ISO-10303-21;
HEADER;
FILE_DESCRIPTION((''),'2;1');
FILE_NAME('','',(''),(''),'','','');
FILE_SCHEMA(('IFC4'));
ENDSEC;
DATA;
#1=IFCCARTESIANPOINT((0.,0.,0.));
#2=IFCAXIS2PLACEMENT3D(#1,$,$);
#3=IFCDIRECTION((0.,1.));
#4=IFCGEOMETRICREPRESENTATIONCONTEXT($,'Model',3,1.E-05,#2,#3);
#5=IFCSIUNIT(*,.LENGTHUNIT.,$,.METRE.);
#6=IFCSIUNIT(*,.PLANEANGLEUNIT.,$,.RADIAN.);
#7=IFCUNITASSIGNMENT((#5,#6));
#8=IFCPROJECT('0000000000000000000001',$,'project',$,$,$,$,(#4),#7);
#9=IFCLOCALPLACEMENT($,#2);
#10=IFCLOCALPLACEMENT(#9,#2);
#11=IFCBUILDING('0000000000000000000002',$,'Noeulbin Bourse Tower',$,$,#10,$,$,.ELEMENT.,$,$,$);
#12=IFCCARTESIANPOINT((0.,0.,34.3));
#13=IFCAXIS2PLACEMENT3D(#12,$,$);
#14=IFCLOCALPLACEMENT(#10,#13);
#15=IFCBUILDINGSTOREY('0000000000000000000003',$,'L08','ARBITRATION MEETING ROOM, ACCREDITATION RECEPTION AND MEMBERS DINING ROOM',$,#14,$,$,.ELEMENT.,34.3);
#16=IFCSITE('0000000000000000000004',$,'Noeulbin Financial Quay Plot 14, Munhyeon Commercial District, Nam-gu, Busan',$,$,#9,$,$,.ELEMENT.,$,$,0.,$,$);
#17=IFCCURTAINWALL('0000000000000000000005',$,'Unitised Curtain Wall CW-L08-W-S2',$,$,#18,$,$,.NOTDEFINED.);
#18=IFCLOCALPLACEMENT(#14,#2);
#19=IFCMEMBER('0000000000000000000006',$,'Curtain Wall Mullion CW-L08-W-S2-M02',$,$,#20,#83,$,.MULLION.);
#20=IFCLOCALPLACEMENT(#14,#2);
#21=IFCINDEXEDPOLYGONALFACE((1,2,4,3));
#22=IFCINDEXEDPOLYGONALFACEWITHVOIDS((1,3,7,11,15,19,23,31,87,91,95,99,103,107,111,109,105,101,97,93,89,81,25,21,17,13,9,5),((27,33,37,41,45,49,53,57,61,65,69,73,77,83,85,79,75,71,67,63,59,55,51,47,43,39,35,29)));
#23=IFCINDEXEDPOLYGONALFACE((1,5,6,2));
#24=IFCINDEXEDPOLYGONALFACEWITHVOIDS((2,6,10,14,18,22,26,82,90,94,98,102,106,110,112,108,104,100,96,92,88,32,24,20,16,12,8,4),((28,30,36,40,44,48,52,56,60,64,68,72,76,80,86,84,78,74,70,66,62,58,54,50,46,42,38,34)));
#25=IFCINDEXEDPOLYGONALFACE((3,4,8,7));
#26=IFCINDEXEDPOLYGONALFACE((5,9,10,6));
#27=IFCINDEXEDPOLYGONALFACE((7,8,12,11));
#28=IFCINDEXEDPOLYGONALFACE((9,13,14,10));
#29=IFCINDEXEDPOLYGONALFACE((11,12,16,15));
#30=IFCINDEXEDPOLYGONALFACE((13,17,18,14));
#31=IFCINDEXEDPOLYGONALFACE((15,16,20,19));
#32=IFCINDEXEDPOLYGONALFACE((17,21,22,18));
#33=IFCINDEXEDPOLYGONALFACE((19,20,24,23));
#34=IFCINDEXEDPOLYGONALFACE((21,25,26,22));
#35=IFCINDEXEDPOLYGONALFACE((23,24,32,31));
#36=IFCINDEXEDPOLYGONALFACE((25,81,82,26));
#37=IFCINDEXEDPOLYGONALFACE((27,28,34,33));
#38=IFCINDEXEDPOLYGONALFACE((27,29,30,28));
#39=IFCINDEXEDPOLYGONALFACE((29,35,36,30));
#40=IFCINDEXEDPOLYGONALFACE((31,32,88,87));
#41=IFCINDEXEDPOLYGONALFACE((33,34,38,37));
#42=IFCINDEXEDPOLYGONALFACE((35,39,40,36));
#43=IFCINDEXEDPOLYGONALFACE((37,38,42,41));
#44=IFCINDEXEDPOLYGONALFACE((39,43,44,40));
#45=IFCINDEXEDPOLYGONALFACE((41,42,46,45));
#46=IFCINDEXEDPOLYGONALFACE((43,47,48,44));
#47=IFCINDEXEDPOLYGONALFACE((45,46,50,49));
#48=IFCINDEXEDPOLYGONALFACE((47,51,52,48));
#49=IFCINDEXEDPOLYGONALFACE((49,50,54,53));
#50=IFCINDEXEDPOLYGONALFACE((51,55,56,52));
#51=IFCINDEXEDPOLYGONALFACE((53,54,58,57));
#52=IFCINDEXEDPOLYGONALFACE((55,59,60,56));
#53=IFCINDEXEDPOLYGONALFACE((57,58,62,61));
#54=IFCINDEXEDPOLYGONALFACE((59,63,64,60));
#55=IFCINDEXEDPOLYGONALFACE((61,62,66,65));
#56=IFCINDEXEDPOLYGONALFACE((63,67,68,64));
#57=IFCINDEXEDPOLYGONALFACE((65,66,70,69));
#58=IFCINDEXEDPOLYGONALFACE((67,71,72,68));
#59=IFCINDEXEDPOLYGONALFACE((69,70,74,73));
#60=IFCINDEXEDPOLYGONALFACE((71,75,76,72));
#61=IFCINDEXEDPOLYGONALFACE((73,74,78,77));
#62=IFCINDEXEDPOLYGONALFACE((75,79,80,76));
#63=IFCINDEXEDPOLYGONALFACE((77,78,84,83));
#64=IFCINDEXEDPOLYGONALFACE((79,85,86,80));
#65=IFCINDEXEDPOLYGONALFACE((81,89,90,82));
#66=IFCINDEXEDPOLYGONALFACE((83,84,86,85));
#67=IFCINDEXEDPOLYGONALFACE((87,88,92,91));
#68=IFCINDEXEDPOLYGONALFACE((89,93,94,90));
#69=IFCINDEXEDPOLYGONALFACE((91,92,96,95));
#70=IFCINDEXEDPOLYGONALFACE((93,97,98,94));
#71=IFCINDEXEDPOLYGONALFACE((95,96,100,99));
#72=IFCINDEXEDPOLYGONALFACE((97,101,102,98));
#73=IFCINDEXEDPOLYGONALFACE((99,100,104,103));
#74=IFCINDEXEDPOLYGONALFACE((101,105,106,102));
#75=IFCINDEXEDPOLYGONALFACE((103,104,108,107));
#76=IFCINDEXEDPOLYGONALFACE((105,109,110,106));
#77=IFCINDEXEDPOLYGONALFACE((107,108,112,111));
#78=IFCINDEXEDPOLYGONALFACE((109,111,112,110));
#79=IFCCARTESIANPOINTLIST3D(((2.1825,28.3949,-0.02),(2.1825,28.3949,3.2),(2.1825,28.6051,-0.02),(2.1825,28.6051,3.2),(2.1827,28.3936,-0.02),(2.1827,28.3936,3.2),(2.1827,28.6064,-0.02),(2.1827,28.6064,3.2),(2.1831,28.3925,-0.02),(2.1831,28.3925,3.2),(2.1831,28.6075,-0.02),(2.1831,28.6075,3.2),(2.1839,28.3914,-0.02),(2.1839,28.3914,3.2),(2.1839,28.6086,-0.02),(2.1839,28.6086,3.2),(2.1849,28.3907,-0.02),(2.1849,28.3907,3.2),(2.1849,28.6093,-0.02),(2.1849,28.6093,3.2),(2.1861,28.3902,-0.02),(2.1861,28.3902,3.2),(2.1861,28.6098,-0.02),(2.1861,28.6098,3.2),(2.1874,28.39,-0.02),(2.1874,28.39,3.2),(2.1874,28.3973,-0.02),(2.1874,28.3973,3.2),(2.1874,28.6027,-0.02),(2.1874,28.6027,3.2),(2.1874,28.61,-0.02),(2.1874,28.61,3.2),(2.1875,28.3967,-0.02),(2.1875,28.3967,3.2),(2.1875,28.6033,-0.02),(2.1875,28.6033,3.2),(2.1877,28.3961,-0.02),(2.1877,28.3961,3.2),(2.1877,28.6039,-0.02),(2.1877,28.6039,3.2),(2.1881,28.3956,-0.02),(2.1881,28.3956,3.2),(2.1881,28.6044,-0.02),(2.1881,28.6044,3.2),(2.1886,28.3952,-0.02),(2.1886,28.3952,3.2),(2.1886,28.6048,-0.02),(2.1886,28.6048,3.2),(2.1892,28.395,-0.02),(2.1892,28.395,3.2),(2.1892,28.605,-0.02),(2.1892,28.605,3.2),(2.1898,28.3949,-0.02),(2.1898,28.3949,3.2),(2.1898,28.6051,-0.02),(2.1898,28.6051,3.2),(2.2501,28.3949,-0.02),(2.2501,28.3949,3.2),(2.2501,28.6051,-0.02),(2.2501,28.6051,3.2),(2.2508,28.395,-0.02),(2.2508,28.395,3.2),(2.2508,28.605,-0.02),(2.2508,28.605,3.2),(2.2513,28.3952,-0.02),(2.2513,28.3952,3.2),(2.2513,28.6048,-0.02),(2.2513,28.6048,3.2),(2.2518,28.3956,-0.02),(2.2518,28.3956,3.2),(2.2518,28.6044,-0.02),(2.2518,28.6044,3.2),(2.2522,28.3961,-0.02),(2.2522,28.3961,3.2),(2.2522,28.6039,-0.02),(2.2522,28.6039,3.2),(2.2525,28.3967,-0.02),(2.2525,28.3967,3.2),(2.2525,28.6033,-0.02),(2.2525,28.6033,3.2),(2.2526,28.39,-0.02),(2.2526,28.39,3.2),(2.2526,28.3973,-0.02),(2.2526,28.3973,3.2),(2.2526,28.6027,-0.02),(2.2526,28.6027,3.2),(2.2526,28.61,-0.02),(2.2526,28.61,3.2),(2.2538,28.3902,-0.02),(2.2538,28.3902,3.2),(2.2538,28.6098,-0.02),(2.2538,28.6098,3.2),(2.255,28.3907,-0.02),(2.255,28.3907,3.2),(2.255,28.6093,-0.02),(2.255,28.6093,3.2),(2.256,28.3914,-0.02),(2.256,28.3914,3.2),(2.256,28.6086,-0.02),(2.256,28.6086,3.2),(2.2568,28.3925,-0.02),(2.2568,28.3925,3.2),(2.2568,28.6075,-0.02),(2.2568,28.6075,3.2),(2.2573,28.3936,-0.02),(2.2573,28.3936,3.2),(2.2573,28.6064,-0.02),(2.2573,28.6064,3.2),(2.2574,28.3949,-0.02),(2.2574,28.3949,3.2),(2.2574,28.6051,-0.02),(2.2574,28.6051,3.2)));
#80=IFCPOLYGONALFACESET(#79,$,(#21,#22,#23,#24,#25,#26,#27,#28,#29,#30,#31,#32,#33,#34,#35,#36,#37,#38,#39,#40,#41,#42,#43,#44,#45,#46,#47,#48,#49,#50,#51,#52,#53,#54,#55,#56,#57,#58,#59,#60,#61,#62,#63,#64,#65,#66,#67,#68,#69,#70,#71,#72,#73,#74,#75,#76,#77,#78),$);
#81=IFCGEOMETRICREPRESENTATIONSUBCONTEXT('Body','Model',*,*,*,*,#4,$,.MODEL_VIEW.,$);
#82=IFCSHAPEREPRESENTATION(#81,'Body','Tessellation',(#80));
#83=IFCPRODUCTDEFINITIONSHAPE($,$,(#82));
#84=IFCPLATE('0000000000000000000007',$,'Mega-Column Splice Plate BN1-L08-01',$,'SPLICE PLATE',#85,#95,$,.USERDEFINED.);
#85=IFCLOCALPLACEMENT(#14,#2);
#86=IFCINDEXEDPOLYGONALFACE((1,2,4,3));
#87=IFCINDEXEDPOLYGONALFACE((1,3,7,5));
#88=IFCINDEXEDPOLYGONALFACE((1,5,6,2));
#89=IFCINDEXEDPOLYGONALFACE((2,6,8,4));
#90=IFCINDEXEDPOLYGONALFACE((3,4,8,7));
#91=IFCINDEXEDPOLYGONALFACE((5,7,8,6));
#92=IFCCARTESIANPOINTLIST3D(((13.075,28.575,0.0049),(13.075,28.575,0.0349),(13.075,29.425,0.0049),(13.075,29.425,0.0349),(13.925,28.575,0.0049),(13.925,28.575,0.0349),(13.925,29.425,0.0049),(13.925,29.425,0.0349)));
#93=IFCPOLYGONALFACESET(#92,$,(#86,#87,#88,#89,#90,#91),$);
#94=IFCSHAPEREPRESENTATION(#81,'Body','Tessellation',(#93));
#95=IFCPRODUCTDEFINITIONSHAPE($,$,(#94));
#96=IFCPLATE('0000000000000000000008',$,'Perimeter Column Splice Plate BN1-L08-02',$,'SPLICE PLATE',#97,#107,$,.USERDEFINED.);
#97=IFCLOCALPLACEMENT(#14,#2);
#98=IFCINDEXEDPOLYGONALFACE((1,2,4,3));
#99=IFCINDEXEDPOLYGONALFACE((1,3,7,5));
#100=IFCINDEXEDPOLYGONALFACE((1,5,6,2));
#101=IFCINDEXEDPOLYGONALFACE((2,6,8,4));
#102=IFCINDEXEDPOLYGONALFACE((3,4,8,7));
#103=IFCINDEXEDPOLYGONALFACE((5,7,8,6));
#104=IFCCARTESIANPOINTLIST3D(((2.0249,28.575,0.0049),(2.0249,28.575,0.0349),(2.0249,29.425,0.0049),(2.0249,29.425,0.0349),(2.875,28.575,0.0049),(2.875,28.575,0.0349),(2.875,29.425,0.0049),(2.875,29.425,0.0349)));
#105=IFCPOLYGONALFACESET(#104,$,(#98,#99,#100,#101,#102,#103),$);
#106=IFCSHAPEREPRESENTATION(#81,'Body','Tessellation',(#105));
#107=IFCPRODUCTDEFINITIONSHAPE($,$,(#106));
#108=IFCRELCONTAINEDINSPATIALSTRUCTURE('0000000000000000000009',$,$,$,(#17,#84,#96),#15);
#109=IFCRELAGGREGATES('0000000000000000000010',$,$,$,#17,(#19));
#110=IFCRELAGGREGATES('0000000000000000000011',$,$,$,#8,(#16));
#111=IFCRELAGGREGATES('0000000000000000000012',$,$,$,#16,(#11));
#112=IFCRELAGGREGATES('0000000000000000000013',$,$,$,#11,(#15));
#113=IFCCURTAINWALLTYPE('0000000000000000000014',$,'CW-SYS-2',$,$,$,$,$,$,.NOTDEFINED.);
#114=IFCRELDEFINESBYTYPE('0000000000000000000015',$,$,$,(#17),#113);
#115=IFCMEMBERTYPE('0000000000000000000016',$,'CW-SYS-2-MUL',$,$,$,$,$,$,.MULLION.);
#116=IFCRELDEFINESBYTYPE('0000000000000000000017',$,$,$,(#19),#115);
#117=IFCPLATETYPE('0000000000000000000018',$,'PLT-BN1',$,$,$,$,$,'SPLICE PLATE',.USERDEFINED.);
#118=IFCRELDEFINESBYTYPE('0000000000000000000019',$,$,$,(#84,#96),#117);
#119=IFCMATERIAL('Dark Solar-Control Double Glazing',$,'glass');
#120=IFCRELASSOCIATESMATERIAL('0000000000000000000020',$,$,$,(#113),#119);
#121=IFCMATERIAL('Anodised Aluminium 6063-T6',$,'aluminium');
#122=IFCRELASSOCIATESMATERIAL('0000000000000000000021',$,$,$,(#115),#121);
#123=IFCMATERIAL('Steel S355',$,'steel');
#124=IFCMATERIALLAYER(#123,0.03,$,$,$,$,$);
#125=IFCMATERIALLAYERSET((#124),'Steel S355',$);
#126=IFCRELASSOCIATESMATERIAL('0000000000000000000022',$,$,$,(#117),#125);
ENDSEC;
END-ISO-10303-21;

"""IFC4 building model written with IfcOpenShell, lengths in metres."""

from ifc_helpers import new_model, si_unit, direction, frame, origin, origin_2d, place, context, subcontext, project, spatial, rectangle, hollow_rectangle, extrude, material, layer, layer_set, material_profile, profile_set, type_object, element, aggregate, save


model = new_model("IFC4")

# Units and contexts
model_context = context("Model", 3, precision=1e-05, world=origin(), true_north=direction((0.0, 1.0)))
body_context = subcontext(model_context, "Body", "Model", "MODEL_VIEW")
ifc_project = project(units=[si_unit("LENGTHUNIT", "METRE"), si_unit("PLANEANGLEUNIT", "RADIAN")], contexts=[model_context])

# Site, building, storey
site_placement = place(None, origin())
site = spatial("IfcSite", under=ifc_project, at=site_placement, Name="Noeulbin Financial Quay Plot 14, Munhyeon Commercial District, Nam-gu, Busan", CompositionType="ELEMENT", RefElevation=0.0)
building_placement = place(site_placement, origin())
building = spatial("IfcBuilding", under=site, at=building_placement, Name="Noeulbin Bourse Tower", CompositionType="ELEMENT")
storey_placement = place(building_placement, frame((0.0, 0.0, 34.3)))
storey = spatial("IfcBuildingStorey", under=building, at=storey_placement, Name="L08", Description="ARBITRATION MEETING ROOM, ACCREDITATION RECEPTION AND MEMBERS DINING ROOM", CompositionType="ELEMENT", Elevation=34.3)

# Shared definitions
ifc_material_1 = material(Name="Steel S355", Category="steel")

# Curtain wall, member
ifc_material_2 = material(Name="Dark Solar-Control Double Glazing", Category="glass")
curtain_wall_type = type_object("IfcCurtainWallType", Name="CW-SYS-2", PredefinedType="NOTDEFINED", material=ifc_material_2)
curtain_wall_placement = place(storey_placement, origin())
curtain_wall = element("IfcCurtainWall", 1, at=curtain_wall_placement, inside=storey, type_object=curtain_wall_type, Name="Unitised Curtain Wall CW-L08-W-S2", PredefinedType="NOTDEFINED")
ifc_material_3 = material(Name="Anodised Aluminium 6063-T6", Category="aluminium")
ifc_material_profile_1 = material_profile(ifc_material_3, hollow_rectangle(XDim=0.075, YDim=0.22, WallThickness=0.0049, InnerFilletRadius=0.0024, OuterFilletRadius=0.0049, at=origin_2d()), Name="ALU-MULL-75x220x5", Category="LoadBearing")
ifc_profile_set_1 = profile_set([ifc_material_profile_1], Name="Anodised Aluminium 6063-T6")
member_type = type_object("IfcMemberType", Name="CW-SYS-2-MUL", PredefinedType="MULLION", material=ifc_profile_set_1)
member_placement = place(storey_placement, frame((2.22, 28.5, -0.02), z_axis=(0.0, 0.0, 1.0), x_axis=(1.0, 0.0, 0.0)))
member = element("IfcMember", 2, at=member_placement, type_object=member_type, Name="Curtain Wall Mullion CW-L08-W-S2-M02", PredefinedType="MULLION", context=body_context, shape_type="SweptSolid", body=[
    extrude(hollow_rectangle(XDim=0.075, YDim=0.22, WallThickness=0.0049, InnerFilletRadius=0.0024, OuterFilletRadius=0.0049, at=origin_2d()), origin(), (0.0, 0.0, 1.0), 3.22),
])
aggregate(curtain_wall, [member])

# Plates
ifc_layer_1 = layer(ifc_material_1, 0.03)
ifc_layer_set_1 = layer_set([ifc_layer_1], Name="Steel S355")
plate_type = type_object("IfcPlateType", Name="PLT-BN1", ElementType="SPLICE PLATE", PredefinedType="USERDEFINED", material=ifc_layer_set_1)
for number, where, z_axis, x_axis, name in (
    (3, (13.5, 29.0, 0.0049), (0.0, 0.0, 1.0), (1.0, 0.0, 0.0), "Mega-Column Splice Plate BN1-L08-01"),
    (4, (2.45, 29.0, 0.0049), (0.0, 0.0, 1.0), (1.0, 0.0, 0.0), "Perimeter Column Splice Plate BN1-L08-02"),
):
    element("IfcPlate", number, at=place(storey_placement, frame(where, z_axis=z_axis, x_axis=x_axis)), inside=storey, type_object=plate_type, Name=name, ObjectType="SPLICE PLATE", PredefinedType="USERDEFINED", context=body_context, shape_type="SweptSolid", body=[
        extrude(rectangle(XDim=0.8501, YDim=0.8501, at=origin_2d()), origin(), (0.0, 0.0, 1.0), 0.03),
    ])

save(model, "model.ifc")
